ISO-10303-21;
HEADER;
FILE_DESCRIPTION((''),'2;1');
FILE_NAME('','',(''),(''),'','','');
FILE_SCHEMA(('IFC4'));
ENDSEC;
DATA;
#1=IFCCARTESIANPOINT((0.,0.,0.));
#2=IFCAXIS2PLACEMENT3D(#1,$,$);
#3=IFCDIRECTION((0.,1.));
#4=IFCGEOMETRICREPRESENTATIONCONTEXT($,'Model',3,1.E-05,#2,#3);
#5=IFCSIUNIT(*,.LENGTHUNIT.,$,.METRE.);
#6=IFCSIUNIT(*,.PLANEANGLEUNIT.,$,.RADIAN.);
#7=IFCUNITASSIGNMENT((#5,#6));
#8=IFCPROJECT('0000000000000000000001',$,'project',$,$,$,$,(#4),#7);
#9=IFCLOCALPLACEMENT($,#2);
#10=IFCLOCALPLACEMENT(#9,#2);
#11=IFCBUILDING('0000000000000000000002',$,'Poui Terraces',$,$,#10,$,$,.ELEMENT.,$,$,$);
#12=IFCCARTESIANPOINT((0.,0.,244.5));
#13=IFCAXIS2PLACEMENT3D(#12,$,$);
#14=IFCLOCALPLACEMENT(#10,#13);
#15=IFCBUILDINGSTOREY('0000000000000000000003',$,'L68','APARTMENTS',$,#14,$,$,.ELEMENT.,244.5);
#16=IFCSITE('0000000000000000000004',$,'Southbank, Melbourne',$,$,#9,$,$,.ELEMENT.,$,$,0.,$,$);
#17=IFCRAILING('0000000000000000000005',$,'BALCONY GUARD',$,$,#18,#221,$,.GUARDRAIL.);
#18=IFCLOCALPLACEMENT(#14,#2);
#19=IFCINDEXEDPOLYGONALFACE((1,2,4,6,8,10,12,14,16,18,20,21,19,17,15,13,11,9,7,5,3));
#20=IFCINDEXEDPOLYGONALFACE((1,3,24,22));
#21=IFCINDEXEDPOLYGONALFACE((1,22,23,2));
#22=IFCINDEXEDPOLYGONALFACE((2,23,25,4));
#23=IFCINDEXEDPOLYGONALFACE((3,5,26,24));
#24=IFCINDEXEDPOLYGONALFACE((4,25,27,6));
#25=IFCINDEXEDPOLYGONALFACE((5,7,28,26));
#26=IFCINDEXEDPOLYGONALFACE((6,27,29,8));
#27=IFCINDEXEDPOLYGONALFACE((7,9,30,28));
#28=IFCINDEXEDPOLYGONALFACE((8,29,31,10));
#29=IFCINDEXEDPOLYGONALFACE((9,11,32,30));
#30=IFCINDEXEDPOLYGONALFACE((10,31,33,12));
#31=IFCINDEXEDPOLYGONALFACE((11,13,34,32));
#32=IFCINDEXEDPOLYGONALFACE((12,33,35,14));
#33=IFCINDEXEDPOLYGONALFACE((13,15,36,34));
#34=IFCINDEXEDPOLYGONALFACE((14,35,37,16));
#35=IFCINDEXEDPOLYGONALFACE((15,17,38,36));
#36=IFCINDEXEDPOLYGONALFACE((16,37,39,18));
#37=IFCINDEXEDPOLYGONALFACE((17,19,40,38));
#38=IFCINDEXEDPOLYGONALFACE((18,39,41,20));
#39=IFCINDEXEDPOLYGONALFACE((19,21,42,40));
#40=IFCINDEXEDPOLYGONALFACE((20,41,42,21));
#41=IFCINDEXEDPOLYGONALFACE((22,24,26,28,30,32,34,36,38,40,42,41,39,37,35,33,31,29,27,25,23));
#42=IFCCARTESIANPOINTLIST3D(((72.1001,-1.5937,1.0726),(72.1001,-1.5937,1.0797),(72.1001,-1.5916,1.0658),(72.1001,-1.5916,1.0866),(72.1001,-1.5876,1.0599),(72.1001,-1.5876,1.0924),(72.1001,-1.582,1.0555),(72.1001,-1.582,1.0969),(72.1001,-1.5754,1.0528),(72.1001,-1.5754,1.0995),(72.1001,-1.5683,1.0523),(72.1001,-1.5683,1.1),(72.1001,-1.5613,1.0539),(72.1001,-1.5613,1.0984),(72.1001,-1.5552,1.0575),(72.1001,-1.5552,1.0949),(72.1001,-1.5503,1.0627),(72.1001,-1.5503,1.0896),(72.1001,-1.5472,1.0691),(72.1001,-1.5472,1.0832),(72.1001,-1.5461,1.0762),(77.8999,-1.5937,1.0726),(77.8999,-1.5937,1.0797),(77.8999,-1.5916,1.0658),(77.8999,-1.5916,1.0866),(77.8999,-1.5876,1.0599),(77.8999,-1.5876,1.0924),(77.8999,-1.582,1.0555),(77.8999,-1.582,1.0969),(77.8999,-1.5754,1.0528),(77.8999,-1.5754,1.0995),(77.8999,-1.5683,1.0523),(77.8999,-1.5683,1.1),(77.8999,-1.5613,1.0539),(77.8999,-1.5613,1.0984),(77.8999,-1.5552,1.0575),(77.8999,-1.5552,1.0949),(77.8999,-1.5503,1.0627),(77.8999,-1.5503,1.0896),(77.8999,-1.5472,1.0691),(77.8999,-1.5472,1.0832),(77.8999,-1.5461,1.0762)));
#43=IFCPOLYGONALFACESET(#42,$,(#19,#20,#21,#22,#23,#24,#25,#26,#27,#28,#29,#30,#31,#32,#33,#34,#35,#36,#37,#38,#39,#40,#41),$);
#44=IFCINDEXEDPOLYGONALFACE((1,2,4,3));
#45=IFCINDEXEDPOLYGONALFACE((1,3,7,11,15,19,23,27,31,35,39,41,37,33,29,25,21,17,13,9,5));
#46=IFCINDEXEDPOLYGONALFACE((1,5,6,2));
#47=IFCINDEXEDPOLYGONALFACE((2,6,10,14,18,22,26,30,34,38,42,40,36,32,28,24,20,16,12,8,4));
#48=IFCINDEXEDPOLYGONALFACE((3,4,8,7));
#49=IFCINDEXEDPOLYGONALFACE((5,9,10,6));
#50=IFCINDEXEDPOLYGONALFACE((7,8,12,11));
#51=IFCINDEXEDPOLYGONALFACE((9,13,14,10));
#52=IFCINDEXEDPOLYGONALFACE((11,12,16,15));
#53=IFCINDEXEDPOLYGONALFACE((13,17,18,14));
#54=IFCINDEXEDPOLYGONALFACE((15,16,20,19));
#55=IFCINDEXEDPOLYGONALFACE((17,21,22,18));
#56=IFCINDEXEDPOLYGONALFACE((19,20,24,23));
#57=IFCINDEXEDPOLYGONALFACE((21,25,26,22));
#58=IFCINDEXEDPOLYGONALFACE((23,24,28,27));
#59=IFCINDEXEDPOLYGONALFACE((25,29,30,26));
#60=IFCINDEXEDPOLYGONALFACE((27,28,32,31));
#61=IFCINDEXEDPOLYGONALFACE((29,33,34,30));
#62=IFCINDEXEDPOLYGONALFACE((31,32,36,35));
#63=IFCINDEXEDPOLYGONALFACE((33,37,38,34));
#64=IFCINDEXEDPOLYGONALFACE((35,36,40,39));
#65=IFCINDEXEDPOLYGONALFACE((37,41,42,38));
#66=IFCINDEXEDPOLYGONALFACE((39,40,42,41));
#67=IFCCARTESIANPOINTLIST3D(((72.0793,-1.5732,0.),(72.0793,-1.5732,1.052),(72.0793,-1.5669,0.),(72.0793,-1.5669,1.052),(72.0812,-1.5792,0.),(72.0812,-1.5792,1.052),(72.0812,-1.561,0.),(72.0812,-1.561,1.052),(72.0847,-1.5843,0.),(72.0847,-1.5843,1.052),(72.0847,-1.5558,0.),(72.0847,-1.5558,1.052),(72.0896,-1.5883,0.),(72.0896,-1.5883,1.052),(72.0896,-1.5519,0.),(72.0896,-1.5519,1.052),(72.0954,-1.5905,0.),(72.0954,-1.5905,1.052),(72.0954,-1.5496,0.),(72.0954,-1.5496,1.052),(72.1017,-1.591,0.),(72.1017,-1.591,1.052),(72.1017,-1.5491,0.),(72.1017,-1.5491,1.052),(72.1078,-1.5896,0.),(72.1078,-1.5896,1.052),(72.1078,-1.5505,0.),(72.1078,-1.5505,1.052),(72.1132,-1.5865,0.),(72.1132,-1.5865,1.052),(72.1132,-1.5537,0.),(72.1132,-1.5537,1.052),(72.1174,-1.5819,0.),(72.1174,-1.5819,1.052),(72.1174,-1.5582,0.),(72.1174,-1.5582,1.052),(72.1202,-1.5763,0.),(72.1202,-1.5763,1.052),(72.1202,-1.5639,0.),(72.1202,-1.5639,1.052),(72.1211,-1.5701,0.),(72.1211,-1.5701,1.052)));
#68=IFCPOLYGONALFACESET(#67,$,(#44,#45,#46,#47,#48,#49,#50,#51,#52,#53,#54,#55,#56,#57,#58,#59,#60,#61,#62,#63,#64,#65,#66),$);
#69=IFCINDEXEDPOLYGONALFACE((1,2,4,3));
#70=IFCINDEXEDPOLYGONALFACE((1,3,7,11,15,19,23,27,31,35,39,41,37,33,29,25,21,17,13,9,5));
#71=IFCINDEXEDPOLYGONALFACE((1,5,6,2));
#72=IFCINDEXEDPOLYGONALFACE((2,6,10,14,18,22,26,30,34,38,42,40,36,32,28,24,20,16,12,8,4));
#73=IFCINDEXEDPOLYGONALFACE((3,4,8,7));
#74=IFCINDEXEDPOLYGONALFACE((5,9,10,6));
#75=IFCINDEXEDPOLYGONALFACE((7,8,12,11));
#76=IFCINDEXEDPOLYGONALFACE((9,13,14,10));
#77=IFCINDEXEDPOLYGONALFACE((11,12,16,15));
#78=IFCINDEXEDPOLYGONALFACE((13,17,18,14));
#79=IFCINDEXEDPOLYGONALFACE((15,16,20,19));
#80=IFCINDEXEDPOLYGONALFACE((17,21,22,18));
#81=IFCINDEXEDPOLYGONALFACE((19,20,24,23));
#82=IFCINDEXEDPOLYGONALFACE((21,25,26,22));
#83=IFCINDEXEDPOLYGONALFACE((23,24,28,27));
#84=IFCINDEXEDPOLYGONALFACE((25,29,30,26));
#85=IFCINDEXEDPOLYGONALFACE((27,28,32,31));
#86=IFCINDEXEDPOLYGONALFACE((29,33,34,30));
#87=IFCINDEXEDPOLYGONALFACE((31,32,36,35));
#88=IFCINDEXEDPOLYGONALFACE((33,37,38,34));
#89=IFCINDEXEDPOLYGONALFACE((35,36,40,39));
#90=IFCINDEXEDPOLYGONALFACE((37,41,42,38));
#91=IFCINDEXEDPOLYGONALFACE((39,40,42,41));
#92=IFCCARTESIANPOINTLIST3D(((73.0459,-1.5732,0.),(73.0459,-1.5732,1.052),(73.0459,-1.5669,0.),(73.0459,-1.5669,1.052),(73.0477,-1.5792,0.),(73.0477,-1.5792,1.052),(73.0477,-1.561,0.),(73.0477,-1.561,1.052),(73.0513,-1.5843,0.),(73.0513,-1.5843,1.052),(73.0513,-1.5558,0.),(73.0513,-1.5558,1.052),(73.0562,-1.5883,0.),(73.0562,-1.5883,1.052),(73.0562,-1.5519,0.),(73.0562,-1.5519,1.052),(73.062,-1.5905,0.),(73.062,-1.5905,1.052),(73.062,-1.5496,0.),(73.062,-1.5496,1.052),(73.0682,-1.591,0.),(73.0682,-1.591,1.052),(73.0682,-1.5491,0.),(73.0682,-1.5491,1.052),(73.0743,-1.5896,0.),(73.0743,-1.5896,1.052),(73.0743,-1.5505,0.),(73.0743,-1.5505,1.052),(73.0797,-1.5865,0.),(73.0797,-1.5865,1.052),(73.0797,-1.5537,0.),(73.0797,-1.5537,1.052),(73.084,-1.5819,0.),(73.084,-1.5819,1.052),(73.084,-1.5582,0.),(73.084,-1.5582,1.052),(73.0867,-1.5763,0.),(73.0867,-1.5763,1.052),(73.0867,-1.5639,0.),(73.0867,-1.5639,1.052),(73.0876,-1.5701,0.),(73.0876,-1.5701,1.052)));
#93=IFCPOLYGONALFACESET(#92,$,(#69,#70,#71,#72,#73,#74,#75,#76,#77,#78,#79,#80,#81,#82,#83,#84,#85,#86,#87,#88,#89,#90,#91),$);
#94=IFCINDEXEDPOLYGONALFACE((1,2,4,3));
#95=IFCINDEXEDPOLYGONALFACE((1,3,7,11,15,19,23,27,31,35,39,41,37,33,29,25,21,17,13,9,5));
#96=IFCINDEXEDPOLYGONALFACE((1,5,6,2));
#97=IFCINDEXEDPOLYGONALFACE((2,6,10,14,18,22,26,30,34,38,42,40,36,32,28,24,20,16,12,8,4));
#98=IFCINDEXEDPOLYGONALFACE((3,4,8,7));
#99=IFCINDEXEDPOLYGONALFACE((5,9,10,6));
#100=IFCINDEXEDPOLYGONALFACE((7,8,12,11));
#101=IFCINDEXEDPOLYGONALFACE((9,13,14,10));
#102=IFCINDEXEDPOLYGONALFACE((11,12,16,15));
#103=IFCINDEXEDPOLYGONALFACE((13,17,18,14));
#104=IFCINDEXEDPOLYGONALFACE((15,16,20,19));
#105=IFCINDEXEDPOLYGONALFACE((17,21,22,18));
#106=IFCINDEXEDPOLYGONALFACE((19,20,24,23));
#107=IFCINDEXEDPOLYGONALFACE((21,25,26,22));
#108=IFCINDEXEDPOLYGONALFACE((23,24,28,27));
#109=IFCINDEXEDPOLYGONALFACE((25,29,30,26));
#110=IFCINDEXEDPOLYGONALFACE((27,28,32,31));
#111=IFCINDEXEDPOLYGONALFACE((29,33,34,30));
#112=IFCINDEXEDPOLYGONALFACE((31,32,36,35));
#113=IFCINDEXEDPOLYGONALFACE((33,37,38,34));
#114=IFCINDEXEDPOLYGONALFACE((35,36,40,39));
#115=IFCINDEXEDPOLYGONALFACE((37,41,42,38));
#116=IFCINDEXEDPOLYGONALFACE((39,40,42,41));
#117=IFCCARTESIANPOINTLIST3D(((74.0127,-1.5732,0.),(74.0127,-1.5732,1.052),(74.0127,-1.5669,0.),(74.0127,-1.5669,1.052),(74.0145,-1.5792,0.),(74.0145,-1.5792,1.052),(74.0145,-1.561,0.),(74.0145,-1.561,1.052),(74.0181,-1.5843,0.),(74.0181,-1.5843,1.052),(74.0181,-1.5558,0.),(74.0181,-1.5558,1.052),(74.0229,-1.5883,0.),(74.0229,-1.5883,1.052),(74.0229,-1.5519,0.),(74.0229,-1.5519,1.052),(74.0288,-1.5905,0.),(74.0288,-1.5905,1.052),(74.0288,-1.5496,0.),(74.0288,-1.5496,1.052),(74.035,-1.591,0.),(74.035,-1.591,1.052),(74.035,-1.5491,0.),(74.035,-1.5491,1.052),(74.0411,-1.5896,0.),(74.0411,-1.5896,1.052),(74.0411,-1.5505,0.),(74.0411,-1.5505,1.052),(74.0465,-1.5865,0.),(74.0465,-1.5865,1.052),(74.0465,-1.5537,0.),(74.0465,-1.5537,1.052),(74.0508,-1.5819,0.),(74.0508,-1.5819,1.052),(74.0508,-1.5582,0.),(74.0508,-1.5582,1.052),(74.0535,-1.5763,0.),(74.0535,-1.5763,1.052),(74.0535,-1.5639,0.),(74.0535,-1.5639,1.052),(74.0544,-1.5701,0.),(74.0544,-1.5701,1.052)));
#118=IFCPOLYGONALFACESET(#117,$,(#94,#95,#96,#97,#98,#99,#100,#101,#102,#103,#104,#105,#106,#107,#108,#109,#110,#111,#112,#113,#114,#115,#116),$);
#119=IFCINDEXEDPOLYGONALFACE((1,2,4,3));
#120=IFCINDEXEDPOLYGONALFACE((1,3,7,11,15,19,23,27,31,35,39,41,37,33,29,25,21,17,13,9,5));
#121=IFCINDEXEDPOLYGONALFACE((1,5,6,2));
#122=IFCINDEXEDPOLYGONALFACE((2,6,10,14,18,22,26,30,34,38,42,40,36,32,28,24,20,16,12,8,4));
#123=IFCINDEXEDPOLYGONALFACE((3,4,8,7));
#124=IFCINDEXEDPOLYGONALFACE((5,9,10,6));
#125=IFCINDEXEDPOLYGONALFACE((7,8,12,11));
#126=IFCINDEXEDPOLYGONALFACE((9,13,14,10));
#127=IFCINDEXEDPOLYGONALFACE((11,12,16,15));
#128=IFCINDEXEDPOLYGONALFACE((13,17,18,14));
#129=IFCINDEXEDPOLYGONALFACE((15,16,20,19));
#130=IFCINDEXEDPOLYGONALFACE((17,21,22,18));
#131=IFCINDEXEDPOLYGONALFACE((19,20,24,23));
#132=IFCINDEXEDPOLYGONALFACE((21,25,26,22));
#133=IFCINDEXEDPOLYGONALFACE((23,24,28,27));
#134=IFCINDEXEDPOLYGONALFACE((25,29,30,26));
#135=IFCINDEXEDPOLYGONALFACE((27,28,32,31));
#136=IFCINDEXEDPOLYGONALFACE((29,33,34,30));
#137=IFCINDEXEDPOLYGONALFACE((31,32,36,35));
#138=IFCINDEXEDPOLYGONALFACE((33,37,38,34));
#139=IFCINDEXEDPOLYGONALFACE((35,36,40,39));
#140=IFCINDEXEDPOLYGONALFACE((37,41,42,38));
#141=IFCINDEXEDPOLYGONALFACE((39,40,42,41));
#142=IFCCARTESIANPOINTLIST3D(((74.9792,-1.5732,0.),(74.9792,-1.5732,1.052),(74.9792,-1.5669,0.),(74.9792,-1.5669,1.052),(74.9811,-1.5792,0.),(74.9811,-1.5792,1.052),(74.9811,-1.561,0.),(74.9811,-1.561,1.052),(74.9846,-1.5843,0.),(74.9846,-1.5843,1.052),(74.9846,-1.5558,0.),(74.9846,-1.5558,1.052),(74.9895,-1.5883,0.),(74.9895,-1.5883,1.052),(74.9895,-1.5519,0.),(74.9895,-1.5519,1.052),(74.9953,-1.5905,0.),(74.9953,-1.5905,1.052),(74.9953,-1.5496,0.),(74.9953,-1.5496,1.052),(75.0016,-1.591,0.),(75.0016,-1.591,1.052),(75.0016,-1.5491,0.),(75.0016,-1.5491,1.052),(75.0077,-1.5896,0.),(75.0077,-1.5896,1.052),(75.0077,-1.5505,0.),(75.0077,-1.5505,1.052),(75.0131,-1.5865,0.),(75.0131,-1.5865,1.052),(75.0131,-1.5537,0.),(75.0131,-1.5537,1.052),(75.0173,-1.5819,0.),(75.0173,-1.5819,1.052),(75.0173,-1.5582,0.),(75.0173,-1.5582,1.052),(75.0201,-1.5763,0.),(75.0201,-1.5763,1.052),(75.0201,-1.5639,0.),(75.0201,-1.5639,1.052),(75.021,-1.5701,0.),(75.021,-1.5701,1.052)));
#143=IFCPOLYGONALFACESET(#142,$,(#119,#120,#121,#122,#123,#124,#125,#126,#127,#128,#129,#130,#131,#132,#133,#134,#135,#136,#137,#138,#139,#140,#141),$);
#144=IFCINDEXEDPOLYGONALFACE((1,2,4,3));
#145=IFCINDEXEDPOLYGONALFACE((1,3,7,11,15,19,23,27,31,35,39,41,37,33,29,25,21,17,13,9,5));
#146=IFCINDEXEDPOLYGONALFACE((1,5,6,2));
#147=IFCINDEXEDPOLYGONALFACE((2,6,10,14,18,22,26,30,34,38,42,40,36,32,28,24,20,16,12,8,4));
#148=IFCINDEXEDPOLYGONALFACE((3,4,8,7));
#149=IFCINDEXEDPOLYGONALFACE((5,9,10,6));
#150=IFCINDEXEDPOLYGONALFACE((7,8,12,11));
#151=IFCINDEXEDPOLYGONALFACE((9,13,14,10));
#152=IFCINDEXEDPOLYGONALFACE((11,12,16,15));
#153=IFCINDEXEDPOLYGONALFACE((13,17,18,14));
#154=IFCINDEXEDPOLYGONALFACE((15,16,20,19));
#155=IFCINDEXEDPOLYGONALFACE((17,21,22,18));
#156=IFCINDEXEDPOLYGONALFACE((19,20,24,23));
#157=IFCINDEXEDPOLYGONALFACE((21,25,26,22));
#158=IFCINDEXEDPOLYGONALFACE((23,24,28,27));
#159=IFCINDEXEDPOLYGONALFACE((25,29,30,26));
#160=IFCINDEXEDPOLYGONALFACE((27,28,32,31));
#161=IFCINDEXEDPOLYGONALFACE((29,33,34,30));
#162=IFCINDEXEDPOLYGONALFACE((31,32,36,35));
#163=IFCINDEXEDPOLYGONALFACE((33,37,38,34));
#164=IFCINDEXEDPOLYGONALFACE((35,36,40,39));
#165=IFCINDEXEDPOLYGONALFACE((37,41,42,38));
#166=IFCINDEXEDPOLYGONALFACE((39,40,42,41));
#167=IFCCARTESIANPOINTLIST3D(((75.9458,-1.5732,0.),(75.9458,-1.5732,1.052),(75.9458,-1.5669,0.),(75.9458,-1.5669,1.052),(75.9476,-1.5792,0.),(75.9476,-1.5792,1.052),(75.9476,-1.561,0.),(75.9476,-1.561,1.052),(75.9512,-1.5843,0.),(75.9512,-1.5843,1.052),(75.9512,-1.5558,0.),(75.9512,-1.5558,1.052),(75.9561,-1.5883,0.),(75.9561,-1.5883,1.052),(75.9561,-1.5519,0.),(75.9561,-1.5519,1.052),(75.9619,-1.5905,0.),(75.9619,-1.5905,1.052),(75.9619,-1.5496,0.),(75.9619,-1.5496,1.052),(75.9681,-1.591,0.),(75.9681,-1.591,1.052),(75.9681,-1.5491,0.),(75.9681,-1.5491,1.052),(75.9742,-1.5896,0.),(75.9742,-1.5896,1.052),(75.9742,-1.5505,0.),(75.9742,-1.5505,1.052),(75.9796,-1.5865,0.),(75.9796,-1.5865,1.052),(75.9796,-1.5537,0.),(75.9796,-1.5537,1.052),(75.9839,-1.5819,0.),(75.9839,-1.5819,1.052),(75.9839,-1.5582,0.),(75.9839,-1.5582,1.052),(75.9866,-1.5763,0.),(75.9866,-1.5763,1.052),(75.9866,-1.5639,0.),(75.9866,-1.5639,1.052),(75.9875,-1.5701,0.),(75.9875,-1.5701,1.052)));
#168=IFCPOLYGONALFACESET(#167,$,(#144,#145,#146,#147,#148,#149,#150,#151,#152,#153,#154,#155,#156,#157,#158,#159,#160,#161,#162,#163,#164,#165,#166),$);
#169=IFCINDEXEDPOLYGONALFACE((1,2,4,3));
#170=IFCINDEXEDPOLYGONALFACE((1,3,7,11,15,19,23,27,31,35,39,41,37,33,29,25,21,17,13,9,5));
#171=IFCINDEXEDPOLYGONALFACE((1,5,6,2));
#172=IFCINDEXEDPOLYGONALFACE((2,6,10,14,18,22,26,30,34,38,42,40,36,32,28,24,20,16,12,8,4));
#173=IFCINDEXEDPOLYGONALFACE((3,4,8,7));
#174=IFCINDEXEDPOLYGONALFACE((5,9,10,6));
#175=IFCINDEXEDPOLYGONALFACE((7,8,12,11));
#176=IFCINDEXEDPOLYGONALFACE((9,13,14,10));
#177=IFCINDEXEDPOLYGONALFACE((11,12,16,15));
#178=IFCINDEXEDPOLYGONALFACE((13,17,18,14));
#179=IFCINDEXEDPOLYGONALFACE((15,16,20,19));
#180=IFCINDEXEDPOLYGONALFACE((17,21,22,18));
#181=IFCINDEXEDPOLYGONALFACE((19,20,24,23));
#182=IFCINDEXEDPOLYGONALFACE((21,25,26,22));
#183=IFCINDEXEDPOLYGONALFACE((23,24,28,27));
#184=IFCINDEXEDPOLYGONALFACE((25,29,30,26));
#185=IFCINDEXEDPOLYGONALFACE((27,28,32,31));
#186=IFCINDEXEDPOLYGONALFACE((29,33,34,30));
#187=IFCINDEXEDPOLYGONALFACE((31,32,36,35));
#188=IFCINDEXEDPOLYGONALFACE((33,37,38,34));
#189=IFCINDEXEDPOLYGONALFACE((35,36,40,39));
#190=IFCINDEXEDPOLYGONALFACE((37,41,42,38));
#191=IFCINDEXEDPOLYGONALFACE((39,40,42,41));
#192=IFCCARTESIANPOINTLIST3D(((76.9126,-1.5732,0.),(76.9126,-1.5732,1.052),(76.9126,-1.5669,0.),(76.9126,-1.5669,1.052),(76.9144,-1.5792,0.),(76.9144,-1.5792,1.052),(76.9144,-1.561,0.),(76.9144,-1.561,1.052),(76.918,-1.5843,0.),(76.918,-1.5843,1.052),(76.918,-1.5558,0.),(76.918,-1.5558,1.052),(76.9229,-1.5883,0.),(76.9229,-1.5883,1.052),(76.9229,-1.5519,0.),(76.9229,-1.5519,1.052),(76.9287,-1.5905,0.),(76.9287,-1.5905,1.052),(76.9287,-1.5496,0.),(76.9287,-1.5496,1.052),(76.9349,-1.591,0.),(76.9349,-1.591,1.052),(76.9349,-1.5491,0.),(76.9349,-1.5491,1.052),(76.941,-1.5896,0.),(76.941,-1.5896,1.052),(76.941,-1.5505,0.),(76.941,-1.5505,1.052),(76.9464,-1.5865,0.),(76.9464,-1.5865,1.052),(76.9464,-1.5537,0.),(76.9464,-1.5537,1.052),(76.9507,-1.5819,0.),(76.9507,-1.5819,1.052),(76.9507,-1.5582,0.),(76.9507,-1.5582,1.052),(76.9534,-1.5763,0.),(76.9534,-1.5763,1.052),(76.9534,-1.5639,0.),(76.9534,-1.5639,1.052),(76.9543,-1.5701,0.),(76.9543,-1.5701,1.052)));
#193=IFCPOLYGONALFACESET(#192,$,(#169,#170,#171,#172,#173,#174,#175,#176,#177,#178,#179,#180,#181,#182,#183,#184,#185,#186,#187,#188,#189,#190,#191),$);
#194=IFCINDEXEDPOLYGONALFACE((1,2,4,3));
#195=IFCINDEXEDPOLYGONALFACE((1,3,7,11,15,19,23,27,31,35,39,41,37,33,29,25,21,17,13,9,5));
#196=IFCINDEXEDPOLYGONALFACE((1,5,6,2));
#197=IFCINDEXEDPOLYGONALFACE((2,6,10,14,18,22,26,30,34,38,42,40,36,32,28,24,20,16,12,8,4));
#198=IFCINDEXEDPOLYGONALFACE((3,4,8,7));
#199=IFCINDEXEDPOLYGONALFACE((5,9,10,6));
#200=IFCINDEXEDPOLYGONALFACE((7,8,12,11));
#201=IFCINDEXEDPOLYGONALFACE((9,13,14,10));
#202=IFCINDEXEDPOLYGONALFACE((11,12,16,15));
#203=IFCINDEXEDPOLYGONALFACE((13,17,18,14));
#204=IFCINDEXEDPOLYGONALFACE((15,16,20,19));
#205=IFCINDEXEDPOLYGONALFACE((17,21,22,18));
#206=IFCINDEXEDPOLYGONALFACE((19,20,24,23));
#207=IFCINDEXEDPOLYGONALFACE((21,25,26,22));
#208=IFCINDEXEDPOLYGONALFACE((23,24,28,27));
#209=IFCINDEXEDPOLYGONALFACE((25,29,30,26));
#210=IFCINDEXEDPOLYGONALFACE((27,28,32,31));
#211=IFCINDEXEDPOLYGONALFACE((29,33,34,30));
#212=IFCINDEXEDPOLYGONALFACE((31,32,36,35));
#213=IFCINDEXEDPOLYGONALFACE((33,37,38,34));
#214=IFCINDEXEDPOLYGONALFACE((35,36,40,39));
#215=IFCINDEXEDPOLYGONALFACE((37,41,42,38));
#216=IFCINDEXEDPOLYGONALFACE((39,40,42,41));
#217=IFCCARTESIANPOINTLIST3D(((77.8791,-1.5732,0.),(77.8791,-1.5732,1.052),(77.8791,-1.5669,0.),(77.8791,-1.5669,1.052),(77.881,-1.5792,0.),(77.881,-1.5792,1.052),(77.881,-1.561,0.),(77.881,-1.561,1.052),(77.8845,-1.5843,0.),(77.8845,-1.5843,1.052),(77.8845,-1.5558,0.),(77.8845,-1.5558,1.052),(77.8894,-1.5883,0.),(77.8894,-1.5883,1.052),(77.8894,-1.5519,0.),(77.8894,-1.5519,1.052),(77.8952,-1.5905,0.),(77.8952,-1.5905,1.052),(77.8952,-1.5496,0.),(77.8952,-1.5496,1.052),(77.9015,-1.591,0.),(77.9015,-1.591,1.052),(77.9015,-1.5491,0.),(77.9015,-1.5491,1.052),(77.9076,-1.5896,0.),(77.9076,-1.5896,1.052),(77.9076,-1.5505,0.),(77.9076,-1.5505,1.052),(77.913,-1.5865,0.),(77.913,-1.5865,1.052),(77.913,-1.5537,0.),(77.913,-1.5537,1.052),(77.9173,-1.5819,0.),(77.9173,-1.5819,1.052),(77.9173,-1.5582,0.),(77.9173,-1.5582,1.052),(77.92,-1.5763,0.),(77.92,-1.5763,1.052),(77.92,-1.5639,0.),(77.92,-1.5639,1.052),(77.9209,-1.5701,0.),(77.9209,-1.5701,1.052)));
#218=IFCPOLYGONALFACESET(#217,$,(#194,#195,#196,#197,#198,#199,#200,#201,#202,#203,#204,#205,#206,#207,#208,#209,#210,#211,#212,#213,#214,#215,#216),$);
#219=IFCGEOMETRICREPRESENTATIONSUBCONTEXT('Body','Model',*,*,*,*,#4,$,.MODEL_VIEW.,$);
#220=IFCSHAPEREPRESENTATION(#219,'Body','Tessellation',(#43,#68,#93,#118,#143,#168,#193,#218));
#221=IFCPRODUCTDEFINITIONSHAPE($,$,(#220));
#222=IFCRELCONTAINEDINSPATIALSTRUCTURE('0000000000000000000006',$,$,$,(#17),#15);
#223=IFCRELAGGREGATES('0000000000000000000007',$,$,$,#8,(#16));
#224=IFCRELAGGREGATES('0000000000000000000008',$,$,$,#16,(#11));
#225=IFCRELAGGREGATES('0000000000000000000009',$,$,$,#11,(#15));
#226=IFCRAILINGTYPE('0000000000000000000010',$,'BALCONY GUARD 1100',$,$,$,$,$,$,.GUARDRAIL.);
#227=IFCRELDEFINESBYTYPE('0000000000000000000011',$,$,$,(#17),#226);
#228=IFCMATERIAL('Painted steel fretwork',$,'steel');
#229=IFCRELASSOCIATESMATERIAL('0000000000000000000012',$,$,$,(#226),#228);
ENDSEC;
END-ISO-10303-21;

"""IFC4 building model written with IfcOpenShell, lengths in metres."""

from ifc_helpers import new_model, si_unit, direction, frame, origin, origin_2d, place, context, subcontext, project, spatial, circle, extrude, material, type_object, element, save


model = new_model("IFC4")

# Units and contexts
model_context = context("Model", 3, precision=1e-05, world=origin(), true_north=direction((0.0, 1.0)))
body_context = subcontext(model_context, "Body", "Model", "MODEL_VIEW")
ifc_project = project(units=[si_unit("LENGTHUNIT", "METRE"), si_unit("PLANEANGLEUNIT", "RADIAN")], contexts=[model_context])

# Site, building, storey
site_placement = place(None, origin())
site = spatial("IfcSite", under=ifc_project, at=site_placement, Name="Southbank, Melbourne", CompositionType="ELEMENT", RefElevation=0.0)
building_placement = place(site_placement, origin())
building = spatial("IfcBuilding", under=site, at=building_placement, Name="Poui Terraces", CompositionType="ELEMENT")
storey_placement = place(building_placement, frame((0.0, 0.0, 244.5)))
storey = spatial("IfcBuildingStorey", under=building, at=storey_placement, Name="L68", Description="APARTMENTS", CompositionType="ELEMENT", Elevation=244.5)

# Railing
ifc_material_1 = material(Name="Painted steel fretwork", Category="steel")
railing_type = type_object("IfcRailingType", Name="BALCONY GUARD 1100", PredefinedType="GUARDRAIL", material=ifc_material_1)
railing_placement = place(storey_placement, frame((72.1001, -1.5701, 0.0)))
element("IfcRailing", 1, at=railing_placement, inside=storey, type_object=railing_type, Name="BALCONY GUARD", PredefinedType="GUARDRAIL", context=body_context, shape_type="SweptSolid", body=[
    extrude(circle(Radius=0.0239, at=origin_2d()), frame((0.0, 0.0, 1.0762), z_axis=(1.0, 0.0, 0.0), x_axis=(0.0, 1.0, 0.0)), (0.0, 0.0, 1.0), 5.7998),
    extrude(circle(Radius=0.021, at=origin_2d()), origin(), (0.0, 0.0, 1.0), 1.052),
    extrude(circle(Radius=0.021, at=origin_2d()), frame((0.9666, 0.0, 0.0)), (0.0, 0.0, 1.0), 1.052),
    extrude(circle(Radius=0.021, at=origin_2d()), frame((1.9333, 0.0, 0.0)), (0.0, 0.0, 1.0), 1.052),
    extrude(circle(Radius=0.021, at=origin_2d()), frame((2.8999, 0.0, 0.0)), (0.0, 0.0, 1.0), 1.052),
    extrude(circle(Radius=0.021, at=origin_2d()), frame((3.8665, 0.0, 0.0)), (0.0, 0.0, 1.0), 1.052),
    extrude(circle(Radius=0.021, at=origin_2d()), frame((4.8333, 0.0, 0.0)), (0.0, 0.0, 1.0), 1.052),
    extrude(circle(Radius=0.021, at=origin_2d()), frame((5.7998, 0.0, 0.0)), (0.0, 0.0, 1.0), 1.052),
])

save(model, "model.ifc")
